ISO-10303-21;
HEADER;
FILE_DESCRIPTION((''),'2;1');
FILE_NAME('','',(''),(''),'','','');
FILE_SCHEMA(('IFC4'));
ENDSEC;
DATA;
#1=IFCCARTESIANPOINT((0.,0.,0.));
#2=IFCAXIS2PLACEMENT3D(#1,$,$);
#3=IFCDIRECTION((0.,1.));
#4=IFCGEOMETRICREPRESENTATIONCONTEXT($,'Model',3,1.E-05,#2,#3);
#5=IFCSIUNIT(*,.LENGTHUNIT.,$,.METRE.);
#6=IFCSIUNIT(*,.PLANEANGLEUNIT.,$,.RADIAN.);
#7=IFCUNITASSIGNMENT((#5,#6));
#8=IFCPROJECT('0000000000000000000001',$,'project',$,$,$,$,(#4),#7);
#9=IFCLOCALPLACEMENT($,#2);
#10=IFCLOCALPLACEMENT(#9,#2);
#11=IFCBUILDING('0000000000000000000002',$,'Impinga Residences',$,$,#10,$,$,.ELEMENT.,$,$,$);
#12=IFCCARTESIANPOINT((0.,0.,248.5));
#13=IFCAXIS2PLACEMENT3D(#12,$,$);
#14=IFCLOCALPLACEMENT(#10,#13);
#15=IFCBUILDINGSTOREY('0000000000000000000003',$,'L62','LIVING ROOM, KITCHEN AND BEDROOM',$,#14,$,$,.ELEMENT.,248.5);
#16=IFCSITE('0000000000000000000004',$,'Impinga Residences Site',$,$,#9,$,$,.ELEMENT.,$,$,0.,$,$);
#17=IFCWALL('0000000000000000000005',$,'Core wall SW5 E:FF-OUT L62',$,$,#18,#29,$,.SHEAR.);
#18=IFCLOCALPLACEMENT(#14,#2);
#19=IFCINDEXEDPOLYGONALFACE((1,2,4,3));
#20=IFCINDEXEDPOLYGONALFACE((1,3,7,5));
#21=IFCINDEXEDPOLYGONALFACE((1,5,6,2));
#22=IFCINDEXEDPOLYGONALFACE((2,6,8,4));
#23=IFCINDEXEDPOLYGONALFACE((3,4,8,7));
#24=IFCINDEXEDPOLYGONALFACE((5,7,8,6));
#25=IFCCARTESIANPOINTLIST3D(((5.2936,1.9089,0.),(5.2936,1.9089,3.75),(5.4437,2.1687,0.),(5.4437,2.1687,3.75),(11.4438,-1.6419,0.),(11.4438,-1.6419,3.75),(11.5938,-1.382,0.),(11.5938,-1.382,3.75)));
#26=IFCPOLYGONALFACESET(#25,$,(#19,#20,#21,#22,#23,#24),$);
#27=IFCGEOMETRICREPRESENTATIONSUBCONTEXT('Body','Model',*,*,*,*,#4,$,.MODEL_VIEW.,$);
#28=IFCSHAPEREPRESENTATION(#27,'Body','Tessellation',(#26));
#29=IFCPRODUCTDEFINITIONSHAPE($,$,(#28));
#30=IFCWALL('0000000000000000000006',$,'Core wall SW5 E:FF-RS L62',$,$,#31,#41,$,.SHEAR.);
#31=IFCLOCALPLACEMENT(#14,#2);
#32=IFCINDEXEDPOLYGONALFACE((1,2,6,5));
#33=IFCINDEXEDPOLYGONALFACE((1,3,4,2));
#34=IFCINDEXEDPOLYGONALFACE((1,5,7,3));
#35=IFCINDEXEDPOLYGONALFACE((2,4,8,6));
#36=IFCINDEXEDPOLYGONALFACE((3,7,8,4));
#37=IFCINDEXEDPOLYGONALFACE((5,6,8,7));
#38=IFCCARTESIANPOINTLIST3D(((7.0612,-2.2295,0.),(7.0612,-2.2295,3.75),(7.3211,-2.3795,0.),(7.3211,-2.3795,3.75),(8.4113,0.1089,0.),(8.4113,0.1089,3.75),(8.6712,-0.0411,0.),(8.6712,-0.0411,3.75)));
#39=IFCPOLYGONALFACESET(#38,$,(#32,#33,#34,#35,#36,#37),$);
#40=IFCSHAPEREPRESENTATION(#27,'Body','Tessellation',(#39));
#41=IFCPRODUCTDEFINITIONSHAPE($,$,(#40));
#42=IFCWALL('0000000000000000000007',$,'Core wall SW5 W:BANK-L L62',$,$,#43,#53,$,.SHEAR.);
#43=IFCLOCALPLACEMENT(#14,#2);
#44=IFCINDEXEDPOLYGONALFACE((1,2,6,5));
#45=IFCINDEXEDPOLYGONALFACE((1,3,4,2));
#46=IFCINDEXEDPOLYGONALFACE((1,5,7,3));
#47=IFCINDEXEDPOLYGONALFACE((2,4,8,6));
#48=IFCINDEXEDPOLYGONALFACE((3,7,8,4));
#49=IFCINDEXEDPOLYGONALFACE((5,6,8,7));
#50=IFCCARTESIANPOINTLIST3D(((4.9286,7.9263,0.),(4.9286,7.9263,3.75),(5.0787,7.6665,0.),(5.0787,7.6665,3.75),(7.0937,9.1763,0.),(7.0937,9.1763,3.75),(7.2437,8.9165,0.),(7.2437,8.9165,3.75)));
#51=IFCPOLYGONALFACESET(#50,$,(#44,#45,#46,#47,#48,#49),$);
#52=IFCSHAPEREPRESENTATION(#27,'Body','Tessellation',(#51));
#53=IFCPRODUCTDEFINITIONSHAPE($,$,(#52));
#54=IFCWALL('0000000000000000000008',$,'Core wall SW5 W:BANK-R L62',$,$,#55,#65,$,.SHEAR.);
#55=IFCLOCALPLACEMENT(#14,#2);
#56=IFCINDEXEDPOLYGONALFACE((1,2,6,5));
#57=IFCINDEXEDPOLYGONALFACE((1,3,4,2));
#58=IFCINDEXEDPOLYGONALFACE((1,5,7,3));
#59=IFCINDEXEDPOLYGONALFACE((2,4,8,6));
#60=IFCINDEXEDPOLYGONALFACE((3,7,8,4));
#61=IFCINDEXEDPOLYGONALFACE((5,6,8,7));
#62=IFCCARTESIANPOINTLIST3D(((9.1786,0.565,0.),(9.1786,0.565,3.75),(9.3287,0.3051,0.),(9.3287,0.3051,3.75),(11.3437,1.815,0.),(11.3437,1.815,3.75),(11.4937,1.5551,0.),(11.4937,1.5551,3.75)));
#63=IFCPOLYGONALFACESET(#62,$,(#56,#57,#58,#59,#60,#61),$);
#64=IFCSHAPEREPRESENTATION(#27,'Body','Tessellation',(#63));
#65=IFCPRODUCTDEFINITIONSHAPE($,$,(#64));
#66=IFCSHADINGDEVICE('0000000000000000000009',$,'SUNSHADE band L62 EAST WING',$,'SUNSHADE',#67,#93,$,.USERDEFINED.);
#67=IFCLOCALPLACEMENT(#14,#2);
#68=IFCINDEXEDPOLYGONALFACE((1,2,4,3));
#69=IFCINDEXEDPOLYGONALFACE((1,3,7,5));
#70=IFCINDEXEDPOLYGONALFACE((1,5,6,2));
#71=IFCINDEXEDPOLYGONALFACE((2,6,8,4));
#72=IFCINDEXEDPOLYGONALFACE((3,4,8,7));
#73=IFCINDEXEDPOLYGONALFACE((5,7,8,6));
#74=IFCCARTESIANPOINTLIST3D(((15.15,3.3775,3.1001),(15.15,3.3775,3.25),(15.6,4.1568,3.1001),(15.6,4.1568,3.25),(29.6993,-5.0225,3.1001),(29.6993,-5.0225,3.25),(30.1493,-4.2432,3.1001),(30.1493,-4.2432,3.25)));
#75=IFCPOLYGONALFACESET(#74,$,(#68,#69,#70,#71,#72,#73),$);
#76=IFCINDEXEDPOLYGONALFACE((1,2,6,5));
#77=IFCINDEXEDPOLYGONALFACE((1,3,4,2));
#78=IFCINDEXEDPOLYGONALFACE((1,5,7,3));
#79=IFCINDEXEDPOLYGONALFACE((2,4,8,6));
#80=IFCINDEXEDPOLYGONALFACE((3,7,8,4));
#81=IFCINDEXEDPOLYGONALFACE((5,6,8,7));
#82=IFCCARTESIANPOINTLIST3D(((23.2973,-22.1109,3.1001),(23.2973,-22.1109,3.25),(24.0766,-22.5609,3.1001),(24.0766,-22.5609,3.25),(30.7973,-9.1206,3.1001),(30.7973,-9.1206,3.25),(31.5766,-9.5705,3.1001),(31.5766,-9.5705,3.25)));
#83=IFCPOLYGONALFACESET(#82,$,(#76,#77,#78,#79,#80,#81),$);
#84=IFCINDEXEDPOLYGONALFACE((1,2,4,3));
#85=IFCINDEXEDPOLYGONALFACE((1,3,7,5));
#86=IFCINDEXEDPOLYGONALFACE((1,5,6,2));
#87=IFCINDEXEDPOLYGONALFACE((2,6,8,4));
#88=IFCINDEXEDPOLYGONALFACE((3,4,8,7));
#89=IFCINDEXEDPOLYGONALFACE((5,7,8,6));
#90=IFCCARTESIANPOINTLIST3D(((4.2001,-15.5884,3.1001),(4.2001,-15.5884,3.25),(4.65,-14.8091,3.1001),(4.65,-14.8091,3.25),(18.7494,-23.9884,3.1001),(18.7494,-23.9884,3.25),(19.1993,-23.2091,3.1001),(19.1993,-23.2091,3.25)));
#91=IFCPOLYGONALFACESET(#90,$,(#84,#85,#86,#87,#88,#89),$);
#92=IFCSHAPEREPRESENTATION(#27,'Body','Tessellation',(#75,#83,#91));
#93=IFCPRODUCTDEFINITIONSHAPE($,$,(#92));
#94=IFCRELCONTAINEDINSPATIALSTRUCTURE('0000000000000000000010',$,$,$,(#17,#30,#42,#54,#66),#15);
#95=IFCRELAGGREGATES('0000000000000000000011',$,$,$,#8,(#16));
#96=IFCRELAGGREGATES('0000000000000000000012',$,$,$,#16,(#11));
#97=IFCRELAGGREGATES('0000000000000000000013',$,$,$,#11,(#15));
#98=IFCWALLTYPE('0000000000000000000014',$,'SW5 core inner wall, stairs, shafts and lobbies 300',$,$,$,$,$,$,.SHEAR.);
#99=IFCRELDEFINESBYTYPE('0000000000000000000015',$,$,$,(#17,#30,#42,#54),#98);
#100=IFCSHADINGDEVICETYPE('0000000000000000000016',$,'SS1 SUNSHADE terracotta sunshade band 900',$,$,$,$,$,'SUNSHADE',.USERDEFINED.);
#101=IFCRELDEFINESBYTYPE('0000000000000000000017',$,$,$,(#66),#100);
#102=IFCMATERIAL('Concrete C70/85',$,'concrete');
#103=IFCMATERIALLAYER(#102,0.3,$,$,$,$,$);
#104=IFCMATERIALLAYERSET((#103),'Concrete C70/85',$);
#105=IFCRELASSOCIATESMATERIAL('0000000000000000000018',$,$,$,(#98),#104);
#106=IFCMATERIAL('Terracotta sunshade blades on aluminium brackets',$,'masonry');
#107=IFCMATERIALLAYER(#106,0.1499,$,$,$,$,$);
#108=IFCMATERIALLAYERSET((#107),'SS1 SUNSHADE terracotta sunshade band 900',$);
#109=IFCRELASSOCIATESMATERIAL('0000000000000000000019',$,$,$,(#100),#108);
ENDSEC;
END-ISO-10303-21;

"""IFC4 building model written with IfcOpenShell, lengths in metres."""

from ifc_helpers import new_model, si_unit, direction, frame, frame_2d, origin, origin_2d, place, context, subcontext, project, spatial, rectangle, extrude, material, layer, layer_set, type_object, element, save


model = new_model("IFC4")

# Units and contexts
model_context = context("Model", 3, precision=1e-05, world=origin(), true_north=direction((0.0, 1.0)))
body_context = subcontext(model_context, "Body", "Model", "MODEL_VIEW")
ifc_project = project(units=[si_unit("LENGTHUNIT", "METRE"), si_unit("PLANEANGLEUNIT", "RADIAN")], contexts=[model_context])

# Site, building, storey
site_placement = place(None, origin())
site = spatial("IfcSite", under=ifc_project, at=site_placement, Name="Impinga Residences Site", CompositionType="ELEMENT", RefElevation=0.0)
building_placement = place(site_placement, origin())
building = spatial("IfcBuilding", under=site, at=building_placement, Name="Impinga Residences", CompositionType="ELEMENT")
storey_placement = place(building_placement, frame((0.0, 0.0, 248.5)))
storey = spatial("IfcBuildingStorey", under=building, at=storey_placement, Name="L62", Description="LIVING ROOM, KITCHEN AND BEDROOM", CompositionType="ELEMENT", Elevation=248.5)

# Shared definitions
ifc_material_1 = material(Name="Concrete C70/85", Category="concrete")
ifc_layer_1 = layer(ifc_material_1, 0.3)
ifc_layer_set_1 = layer_set([ifc_layer_1], Name="Concrete C70/85")
wall_type_1 = type_object("IfcWallType", Name="SW5 core inner wall, stairs, shafts and lobbies 300", PredefinedType="SHEAR", material=ifc_layer_set_1)

# Walls
wall_1_placement = place(storey_placement, frame((5.3687, 2.0388, 0.0), z_axis=(0.0, 0.0, 1.0), x_axis=(0.866026, -0.499999, 0.0)))
element("IfcWall", 1, at=wall_1_placement, inside=storey, type_object=wall_type_1, Name="Core wall SW5 E:FF-OUT L62", PredefinedType="SHEAR", context=body_context, shape_type="SweptSolid", body=[
    extrude(rectangle(XDim=7.1016, YDim=0.3, at=frame_2d((3.5508, 0.0))), origin(), (0.0, 0.0, 1.0), 3.75),
])
wall_2_placement = place(storey_placement, frame((8.5413, 0.0339, 0.0), z_axis=(0.0, 0.0, 1.0), x_axis=(-0.500009, -0.86602, 0.0)))
element("IfcWall", 2, at=wall_2_placement, inside=storey, type_object=wall_type_1, Name="Core wall SW5 E:FF-RS L62", PredefinedType="SHEAR", context=body_context, shape_type="SweptSolid", body=[
    extrude(rectangle(XDim=2.7002, YDim=0.3, at=frame_2d((1.3501, 0.0))), origin(), (0.0, 0.0, 1.0), 3.75),
])
for number, where, z_axis, x_axis, name in (
    (3, (5.0037, 7.7964, 0.0), (0.0, 0.0, 1.0), (0.866023, 0.500004, 0.0), "Core wall SW5 W:BANK-L L62"),
    (4, (9.2537, 0.4351, 0.0), (0.0, 0.0, 1.0), (0.866023, 0.500004, 0.0), "Core wall SW5 W:BANK-R L62"),
):
    element("IfcWall", number, at=place(storey_placement, frame(where, z_axis=z_axis, x_axis=x_axis)), inside=storey, type_object=wall_type_1, Name=name, PredefinedType="SHEAR", context=body_context, shape_type="SweptSolid", body=[
        extrude(rectangle(XDim=2.5, YDim=0.3, at=frame_2d((1.25, 0.0))), origin(), (0.0, 0.0, 1.0), 3.75),
    ])

# Shading device
ifc_material_2 = material(Name="Terracotta sunshade blades on aluminium brackets", Category="masonry")
ifc_layer_2 = layer(ifc_material_2, 0.1499)
ifc_layer_set_2 = layer_set([ifc_layer_2], Name="SS1 SUNSHADE terracotta sunshade band 900")
shading_device_type = type_object("IfcShadingDeviceType", Name="SS1 SUNSHADE terracotta sunshade band 900", ElementType="SUNSHADE", PredefinedType="USERDEFINED", material=ifc_layer_set_2)
shading_device_placement = place(storey_placement, frame((22.6497, -0.4329, 3.1001), z_axis=(0.0, 0.0, 1.0), x_axis=(0.866025, -0.5, 0.0)))
element("IfcShadingDevice", 5, at=shading_device_placement, inside=storey, type_object=shading_device_type, Name="SUNSHADE band L62 EAST WING", ObjectType="SUNSHADE", PredefinedType="USERDEFINED", context=body_context, shape_type="SweptSolid", body=[
    extrude(rectangle(XDim=16.8, YDim=0.8999, at=origin_2d()), origin(), (0.0, 0.0, 1.0), 0.1499),
    extrude(rectangle(XDim=15.0, YDim=0.8999, at=origin_2d()), frame((11.8499, -10.95, 0.0), z_axis=(0.0, 0.0, 1.0), x_axis=(0.0, -1.0, 0.0)), (0.0, 0.0, 1.0), 0.1499),
    extrude(rectangle(XDim=16.8, YDim=0.8999, at=origin_2d()), frame((0.0, -21.8999, 0.0), z_axis=(0.0, 0.0, 1.0), x_axis=(-1.0, 0.0, 0.0)), (0.0, 0.0, 1.0), 0.1499),
])

save(model, "model.ifc")
